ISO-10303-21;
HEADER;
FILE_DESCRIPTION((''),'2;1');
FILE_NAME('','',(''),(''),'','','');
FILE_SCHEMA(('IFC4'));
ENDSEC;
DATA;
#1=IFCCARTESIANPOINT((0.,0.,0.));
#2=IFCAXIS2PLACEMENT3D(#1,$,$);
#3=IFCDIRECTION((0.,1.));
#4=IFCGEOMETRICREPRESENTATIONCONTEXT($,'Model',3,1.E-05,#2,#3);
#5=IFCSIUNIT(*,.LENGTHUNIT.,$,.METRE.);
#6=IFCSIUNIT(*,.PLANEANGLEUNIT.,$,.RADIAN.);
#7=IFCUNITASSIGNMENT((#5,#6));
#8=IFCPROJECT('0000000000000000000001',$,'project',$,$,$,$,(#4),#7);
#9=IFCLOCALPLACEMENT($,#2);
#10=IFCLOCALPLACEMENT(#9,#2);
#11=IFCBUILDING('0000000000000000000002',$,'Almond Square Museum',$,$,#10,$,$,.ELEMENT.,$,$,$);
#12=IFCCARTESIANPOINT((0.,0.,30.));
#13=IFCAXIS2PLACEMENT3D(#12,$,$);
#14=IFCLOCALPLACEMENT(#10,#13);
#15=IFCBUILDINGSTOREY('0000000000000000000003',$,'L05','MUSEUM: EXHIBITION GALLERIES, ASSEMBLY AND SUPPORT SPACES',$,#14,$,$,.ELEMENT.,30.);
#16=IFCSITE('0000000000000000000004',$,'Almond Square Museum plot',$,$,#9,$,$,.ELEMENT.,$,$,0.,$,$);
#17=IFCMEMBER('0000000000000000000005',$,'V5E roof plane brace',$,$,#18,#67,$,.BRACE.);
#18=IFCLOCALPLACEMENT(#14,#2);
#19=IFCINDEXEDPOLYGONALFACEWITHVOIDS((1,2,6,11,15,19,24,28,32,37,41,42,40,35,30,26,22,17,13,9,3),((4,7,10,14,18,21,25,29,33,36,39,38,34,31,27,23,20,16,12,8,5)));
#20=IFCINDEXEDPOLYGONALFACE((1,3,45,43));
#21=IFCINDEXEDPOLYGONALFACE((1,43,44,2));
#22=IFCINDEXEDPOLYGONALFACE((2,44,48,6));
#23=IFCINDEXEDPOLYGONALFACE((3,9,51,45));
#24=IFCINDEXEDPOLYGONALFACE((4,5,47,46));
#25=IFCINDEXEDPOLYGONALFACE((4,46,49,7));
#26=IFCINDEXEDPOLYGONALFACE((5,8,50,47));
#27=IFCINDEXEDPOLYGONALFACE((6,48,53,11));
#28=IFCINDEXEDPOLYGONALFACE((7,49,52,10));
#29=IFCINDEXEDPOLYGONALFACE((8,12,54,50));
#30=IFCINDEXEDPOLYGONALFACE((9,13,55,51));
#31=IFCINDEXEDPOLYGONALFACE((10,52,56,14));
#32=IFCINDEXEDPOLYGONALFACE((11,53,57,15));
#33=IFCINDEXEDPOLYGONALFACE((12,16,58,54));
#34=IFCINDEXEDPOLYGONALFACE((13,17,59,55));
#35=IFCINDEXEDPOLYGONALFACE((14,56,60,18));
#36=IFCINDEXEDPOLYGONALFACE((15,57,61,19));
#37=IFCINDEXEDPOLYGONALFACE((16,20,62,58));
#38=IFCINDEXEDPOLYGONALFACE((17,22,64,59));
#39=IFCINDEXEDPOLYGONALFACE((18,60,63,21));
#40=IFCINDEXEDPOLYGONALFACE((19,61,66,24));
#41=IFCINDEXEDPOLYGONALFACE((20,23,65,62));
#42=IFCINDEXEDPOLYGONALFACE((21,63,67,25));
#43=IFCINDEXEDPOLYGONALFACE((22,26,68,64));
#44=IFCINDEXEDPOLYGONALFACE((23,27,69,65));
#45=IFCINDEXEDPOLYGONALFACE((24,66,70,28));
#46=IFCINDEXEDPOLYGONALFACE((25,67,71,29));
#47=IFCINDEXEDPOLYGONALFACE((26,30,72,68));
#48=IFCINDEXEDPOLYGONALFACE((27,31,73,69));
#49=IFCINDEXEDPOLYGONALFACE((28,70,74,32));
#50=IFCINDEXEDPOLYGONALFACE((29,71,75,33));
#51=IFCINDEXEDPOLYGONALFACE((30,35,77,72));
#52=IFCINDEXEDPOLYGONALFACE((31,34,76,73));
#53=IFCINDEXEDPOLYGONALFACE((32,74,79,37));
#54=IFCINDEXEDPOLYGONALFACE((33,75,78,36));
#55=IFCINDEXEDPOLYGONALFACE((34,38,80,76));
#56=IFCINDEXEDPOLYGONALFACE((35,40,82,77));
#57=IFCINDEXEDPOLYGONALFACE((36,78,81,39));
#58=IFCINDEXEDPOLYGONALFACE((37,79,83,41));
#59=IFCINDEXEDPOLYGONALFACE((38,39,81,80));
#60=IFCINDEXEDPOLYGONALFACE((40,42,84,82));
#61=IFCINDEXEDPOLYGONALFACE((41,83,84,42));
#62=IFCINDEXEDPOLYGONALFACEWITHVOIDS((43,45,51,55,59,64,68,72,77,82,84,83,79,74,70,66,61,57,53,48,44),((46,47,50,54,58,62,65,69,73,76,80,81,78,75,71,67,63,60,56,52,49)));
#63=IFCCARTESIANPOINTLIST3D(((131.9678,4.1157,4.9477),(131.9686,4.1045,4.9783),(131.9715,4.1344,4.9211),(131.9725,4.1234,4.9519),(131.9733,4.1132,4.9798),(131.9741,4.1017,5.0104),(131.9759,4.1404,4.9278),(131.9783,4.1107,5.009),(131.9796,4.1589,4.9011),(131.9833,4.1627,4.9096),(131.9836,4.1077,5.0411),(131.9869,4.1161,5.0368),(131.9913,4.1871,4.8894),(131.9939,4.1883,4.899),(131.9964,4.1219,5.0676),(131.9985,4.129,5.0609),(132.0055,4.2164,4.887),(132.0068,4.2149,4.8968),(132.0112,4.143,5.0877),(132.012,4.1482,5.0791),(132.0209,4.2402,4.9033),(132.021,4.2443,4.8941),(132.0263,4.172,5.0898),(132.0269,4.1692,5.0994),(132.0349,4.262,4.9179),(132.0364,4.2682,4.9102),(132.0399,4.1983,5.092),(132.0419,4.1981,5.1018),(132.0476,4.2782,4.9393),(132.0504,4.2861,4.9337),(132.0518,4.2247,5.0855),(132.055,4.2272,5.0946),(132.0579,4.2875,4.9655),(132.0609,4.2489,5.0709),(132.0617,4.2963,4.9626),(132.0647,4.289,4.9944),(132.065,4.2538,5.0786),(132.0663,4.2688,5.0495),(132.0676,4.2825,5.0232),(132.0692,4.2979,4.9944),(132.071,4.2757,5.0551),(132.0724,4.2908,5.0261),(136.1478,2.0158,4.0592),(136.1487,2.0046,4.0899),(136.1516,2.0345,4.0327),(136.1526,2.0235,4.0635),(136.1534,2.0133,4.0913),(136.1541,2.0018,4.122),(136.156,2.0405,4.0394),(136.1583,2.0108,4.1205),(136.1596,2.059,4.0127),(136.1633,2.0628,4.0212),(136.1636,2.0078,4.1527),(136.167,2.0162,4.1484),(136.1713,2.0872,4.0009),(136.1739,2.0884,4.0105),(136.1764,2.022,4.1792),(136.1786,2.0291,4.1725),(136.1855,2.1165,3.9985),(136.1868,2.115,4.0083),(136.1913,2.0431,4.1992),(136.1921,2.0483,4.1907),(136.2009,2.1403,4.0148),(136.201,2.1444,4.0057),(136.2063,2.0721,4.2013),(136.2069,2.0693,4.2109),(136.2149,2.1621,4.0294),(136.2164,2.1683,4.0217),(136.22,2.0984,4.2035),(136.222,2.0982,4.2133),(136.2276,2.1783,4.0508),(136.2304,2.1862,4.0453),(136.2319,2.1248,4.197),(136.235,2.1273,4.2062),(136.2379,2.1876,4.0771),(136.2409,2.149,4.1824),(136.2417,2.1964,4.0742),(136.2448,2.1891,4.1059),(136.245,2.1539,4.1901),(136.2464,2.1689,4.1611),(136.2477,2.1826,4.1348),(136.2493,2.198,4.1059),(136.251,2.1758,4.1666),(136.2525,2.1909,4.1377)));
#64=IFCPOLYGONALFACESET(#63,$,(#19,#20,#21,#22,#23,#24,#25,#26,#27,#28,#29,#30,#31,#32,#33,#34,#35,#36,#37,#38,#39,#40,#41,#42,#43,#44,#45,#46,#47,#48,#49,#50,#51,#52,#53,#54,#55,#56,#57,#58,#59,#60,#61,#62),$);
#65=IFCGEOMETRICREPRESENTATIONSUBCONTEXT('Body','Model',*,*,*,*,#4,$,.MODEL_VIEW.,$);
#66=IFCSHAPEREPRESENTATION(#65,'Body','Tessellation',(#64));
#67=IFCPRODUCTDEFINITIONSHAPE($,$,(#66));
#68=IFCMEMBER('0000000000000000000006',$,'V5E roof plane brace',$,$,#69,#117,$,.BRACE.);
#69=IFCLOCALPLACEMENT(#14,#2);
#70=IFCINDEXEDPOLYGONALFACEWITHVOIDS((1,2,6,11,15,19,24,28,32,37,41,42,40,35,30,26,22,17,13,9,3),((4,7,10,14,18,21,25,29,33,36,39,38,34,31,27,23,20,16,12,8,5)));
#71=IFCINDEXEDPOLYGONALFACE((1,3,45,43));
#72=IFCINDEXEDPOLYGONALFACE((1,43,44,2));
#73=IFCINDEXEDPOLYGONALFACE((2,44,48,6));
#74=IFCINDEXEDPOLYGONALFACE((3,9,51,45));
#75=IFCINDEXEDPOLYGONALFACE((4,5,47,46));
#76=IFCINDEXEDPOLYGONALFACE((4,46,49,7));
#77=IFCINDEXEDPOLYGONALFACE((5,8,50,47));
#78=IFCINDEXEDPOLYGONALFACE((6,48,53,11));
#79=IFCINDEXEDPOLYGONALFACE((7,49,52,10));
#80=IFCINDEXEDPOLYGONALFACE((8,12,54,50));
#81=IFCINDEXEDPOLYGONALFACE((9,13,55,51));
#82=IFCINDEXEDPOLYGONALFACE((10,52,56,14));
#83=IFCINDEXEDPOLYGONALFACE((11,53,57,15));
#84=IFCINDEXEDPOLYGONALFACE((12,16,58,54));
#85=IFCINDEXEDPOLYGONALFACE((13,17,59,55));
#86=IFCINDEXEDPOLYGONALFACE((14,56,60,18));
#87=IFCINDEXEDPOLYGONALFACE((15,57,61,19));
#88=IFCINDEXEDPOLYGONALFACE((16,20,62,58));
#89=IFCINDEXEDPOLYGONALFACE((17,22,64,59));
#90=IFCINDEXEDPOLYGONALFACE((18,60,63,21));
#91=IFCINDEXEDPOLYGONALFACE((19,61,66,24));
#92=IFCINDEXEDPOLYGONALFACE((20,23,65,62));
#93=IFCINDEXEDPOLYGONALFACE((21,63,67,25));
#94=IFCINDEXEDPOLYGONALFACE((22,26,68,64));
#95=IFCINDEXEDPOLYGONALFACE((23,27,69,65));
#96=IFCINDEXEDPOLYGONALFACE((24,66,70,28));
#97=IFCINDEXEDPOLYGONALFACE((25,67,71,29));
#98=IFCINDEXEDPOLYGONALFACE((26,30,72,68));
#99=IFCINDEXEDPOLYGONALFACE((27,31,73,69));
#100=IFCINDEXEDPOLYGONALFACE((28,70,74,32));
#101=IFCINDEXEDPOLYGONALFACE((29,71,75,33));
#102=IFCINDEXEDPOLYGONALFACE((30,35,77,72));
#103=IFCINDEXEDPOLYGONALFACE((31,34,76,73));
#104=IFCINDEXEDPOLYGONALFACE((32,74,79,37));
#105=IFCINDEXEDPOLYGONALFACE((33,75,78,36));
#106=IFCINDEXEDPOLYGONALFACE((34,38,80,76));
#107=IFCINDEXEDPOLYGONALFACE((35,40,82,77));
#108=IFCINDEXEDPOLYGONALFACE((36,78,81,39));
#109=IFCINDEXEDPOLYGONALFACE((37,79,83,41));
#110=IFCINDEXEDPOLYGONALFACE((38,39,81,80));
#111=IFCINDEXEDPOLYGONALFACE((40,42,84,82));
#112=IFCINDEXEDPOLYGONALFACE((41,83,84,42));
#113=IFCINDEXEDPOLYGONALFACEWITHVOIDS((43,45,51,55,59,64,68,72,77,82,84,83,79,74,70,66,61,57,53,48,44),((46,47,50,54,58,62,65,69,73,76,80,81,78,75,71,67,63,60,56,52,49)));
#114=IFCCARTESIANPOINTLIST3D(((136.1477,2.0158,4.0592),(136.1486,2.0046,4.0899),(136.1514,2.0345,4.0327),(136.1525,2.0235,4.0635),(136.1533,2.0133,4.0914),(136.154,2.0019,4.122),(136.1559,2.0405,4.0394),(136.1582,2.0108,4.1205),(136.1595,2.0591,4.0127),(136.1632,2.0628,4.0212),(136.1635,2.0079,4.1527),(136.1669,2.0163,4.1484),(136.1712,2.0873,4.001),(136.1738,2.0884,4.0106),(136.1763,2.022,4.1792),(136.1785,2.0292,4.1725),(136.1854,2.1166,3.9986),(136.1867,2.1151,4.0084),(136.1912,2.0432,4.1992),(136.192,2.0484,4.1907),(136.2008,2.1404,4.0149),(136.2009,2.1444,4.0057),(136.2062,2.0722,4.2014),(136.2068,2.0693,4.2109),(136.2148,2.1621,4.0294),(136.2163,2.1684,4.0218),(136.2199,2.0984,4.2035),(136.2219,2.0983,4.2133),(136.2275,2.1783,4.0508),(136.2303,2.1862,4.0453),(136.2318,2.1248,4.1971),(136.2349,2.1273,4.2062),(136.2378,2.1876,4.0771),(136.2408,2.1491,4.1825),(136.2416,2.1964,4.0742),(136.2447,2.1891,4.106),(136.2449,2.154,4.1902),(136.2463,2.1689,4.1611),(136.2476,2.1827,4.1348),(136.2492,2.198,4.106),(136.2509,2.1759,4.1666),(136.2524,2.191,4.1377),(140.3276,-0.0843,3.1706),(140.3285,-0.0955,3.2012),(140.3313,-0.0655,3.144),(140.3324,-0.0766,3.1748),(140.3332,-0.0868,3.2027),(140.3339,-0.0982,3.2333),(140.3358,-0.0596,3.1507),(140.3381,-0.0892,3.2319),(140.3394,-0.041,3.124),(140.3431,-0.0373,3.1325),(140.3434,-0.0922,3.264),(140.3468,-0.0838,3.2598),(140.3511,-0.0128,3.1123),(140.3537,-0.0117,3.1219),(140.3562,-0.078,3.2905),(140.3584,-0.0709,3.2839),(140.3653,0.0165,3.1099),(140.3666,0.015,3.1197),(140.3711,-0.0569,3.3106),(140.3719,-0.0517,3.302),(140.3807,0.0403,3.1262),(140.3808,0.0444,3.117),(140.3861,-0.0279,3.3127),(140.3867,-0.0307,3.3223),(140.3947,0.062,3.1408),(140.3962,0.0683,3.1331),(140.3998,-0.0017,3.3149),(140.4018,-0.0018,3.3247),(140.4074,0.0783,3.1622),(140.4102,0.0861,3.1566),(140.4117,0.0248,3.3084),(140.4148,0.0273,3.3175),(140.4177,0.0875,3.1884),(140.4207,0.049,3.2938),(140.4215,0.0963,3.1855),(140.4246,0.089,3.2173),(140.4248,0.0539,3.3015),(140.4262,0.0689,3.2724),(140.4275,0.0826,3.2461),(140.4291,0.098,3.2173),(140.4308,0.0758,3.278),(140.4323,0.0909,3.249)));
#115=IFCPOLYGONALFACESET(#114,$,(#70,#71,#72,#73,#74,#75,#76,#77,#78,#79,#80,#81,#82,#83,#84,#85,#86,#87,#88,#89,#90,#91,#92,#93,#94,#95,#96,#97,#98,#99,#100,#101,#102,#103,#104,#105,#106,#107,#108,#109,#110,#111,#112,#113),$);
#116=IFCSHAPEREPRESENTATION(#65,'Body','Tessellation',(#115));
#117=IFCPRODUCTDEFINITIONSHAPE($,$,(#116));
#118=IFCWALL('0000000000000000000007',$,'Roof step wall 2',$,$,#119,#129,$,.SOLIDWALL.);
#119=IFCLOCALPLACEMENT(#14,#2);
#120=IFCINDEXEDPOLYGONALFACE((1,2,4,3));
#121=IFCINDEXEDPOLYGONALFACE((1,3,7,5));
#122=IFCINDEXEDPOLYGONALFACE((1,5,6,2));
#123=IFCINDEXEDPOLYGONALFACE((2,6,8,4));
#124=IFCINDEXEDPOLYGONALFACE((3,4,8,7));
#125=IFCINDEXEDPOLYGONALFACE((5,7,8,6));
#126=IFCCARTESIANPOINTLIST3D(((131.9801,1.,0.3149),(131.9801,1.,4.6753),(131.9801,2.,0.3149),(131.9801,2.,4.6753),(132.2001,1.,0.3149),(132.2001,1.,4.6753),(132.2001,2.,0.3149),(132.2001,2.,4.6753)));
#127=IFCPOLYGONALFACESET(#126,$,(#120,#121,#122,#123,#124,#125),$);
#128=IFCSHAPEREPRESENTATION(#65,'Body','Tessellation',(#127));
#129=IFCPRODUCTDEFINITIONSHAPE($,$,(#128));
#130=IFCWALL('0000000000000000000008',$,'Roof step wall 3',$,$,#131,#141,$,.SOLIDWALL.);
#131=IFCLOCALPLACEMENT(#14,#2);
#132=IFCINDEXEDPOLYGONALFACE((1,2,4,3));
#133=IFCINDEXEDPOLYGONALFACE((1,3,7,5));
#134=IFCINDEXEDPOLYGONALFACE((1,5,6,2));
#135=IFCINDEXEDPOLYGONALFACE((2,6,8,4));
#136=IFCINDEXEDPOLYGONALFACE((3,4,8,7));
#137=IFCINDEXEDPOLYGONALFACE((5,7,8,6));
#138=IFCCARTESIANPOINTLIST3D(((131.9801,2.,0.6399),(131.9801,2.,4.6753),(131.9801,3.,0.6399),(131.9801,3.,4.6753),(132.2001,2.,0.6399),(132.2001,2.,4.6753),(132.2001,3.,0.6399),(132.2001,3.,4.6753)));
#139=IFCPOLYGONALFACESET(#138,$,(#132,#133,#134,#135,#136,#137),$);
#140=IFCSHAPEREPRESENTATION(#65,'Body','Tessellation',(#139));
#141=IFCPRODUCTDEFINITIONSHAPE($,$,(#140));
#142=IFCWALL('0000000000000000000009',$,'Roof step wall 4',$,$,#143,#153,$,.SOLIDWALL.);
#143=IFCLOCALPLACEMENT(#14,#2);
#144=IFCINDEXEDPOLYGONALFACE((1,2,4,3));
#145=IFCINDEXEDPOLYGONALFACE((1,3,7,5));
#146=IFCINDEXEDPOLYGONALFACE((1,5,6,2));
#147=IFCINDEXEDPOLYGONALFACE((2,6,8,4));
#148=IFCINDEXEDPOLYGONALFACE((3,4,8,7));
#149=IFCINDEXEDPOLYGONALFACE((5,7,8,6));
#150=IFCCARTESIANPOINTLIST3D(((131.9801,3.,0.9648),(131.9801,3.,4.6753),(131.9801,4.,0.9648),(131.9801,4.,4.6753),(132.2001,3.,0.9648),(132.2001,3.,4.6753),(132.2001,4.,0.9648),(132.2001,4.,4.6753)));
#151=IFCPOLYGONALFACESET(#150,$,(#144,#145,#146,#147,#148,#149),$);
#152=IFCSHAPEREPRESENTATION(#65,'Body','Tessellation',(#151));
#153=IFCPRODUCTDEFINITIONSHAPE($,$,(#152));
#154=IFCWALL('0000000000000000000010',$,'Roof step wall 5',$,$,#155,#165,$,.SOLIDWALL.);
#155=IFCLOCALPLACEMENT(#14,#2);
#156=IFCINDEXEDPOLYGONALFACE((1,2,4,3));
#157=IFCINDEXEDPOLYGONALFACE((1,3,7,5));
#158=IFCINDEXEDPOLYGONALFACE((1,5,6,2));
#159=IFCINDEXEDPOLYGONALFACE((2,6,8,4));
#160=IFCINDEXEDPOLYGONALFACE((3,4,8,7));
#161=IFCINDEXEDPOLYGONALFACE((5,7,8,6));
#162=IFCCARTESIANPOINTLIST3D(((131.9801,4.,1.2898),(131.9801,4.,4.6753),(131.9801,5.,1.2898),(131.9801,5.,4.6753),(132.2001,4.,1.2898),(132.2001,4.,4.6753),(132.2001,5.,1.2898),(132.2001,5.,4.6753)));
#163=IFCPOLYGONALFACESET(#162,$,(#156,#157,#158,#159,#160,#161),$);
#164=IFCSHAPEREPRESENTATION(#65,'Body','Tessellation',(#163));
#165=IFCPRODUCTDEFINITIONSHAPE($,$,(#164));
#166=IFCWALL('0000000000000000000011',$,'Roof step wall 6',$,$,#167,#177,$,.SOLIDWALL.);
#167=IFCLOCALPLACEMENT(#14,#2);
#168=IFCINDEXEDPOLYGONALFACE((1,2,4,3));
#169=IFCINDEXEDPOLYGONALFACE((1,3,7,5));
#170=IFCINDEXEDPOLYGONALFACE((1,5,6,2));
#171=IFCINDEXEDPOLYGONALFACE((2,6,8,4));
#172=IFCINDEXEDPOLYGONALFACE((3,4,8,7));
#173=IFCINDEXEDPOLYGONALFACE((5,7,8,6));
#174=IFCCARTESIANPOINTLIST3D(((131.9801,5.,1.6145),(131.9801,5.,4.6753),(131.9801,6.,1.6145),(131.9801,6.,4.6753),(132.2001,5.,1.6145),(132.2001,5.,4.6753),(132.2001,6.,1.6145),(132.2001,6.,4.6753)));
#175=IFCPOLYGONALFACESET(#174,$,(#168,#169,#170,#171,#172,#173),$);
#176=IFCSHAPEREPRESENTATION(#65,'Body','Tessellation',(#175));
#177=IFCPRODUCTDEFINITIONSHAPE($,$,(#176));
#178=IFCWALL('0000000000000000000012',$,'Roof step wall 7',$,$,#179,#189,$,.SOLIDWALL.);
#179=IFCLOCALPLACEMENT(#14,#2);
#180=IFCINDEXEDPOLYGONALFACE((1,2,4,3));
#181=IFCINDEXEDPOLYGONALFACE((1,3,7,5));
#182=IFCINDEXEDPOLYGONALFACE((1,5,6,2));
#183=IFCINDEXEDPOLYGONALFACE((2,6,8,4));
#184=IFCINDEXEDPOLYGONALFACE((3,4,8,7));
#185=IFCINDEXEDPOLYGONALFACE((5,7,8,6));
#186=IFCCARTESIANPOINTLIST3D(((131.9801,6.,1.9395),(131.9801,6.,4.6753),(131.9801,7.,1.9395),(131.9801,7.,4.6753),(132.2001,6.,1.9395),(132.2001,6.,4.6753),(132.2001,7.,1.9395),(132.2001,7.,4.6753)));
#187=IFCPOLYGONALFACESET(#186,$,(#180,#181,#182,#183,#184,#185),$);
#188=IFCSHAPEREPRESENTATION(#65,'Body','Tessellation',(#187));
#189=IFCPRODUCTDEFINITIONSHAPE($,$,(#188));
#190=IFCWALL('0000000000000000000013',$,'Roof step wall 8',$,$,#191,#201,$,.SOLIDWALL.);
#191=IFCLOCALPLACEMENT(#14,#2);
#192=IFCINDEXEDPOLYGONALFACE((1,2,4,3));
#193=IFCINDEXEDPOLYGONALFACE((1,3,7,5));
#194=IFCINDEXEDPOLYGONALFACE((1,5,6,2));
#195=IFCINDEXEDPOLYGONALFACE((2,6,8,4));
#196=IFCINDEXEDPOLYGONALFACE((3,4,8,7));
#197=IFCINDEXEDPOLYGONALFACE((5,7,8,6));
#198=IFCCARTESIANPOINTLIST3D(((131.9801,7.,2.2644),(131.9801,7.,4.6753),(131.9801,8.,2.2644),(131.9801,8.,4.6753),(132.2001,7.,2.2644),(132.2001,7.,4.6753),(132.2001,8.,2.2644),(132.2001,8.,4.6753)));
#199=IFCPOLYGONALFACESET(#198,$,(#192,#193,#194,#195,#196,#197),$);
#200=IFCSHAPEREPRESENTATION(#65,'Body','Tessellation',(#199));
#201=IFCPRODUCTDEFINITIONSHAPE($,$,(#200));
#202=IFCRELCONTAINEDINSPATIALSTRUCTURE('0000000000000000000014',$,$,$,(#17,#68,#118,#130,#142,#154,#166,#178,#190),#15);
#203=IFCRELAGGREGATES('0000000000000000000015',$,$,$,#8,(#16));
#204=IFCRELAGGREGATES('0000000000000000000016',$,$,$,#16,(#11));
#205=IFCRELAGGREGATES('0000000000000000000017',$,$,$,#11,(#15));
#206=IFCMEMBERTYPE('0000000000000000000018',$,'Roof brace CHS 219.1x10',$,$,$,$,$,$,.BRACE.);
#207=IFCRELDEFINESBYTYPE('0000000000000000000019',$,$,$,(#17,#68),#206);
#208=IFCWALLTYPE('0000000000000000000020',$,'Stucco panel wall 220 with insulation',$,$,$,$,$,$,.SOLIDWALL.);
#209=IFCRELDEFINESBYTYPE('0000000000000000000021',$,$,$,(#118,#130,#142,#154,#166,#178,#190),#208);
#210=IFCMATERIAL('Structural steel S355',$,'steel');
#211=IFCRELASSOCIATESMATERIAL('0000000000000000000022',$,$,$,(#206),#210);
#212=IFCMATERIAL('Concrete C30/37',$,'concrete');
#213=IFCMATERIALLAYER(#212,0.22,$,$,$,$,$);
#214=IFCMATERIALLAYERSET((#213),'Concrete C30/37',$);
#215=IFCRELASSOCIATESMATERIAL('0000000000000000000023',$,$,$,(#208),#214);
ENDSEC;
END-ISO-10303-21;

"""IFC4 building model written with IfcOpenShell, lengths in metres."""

from ifc_helpers import new_model, si_unit, direction, frame, frame_2d, origin, origin_2d, place, context, subcontext, project, spatial, rectangle, hollow_circle, extrude, material, layer, layer_set, material_profile, profile_set, type_object, element, save


model = new_model("IFC4")

# Units and contexts
model_context = context("Model", 3, precision=1e-05, world=origin(), true_north=direction((0.0, 1.0)))
body_context = subcontext(model_context, "Body", "Model", "MODEL_VIEW")
ifc_project = project(units=[si_unit("LENGTHUNIT", "METRE"), si_unit("PLANEANGLEUNIT", "RADIAN")], contexts=[model_context])

# Site, building, storey
site_placement = place(None, origin())
site = spatial("IfcSite", under=ifc_project, at=site_placement, Name="Almond Square Museum plot", CompositionType="ELEMENT", RefElevation=0.0)
building_placement = place(site_placement, origin())
building = spatial("IfcBuilding", under=site, at=building_placement, Name="Almond Square Museum", CompositionType="ELEMENT")
storey_placement = place(building_placement, frame((0.0, 0.0, 30.0)))
storey = spatial("IfcBuildingStorey", under=building, at=storey_placement, Name="L05", Description="MUSEUM: EXHIBITION GALLERIES, ASSEMBLY AND SUPPORT SPACES", CompositionType="ELEMENT", Elevation=30.0)

# Members
ifc_material_1 = material(Name="Structural steel S355", Category="steel")
ifc_material_profile_1 = material_profile(ifc_material_1, hollow_circle(Radius=0.1096, WallThickness=0.01, at=origin_2d()))
ifc_profile_set_1 = profile_set([ifc_material_profile_1], Name="Structural steel S355")
member_type_1 = type_object("IfcMemberType", Name="Roof brace CHS 219.1x10", PredefinedType="BRACE", material=ifc_profile_set_1)
for number, where, z_axis, x_axis, name in (
    (1, (132.02, 4.2, 4.9944), (0.877887, -0.44102, -0.186591), (0.448904, 0.89358, 0.0), "V5E roof plane brace"),
    (2, (136.2, 2.1001, 4.106), (0.877858, -0.441057, -0.186637), (0.448945, 0.893559, 0.0), "V5E roof plane brace"),
):
    element("IfcMember", number, at=place(storey_placement, frame(where, z_axis=z_axis, x_axis=x_axis)), inside=storey, type_object=member_type_1, Name=name, PredefinedType="BRACE", context=body_context, shape_type="SweptSolid", body=[
        extrude(hollow_circle(Radius=0.1096, WallThickness=0.01, at=origin_2d()), origin(), (0.0, 0.0, 1.0), 4.7615),
    ])

# Walls
ifc_material_2 = material(Name="Concrete C30/37", Category="concrete")
ifc_layer = layer(ifc_material_2, 0.22)
ifc_layer_set = layer_set([ifc_layer], Name="Concrete C30/37")
wall_type = type_object("IfcWallType", Name="Stucco panel wall 220 with insulation", PredefinedType="SOLIDWALL", material=ifc_layer_set)
wall_1_placement = place(storey_placement, frame((132.0901, 1.0, 0.3149), z_axis=(0.0, 0.0, 1.0), x_axis=(0.0, 1.0, 0.0)))
element("IfcWall", 3, at=wall_1_placement, inside=storey, type_object=wall_type, Name="Roof step wall 2", PredefinedType="SOLIDWALL", context=body_context, shape_type="SweptSolid", body=[
    extrude(rectangle(XDim=1.0, YDim=0.22, at=frame_2d((0.5, 0.0))), origin(), (0.0, 0.0, 1.0), 4.3604),
])
wall_2_placement = place(storey_placement, frame((132.0901, 2.0, 0.6399), z_axis=(0.0, 0.0, 1.0), x_axis=(0.0, 1.0, 0.0)))
element("IfcWall", 4, at=wall_2_placement, inside=storey, type_object=wall_type, Name="Roof step wall 3", PredefinedType="SOLIDWALL", context=body_context, shape_type="SweptSolid", body=[
    extrude(rectangle(XDim=1.0, YDim=0.22, at=frame_2d((0.5, 0.0))), origin(), (0.0, 0.0, 1.0), 4.0354),
])
wall_3_placement = place(storey_placement, frame((132.0901, 3.0, 0.9648), z_axis=(0.0, 0.0, 1.0), x_axis=(0.0, 1.0, 0.0)))
element("IfcWall", 5, at=wall_3_placement, inside=storey, type_object=wall_type, Name="Roof step wall 4", PredefinedType="SOLIDWALL", context=body_context, shape_type="SweptSolid", body=[
    extrude(rectangle(XDim=1.0, YDim=0.22, at=frame_2d((0.5, 0.0))), origin(), (0.0, 0.0, 1.0), 3.7104),
])
wall_4_placement = place(storey_placement, frame((132.0901, 4.0, 1.2898), z_axis=(0.0, 0.0, 1.0), x_axis=(0.0, 1.0, 0.0)))
element("IfcWall", 6, at=wall_4_placement, inside=storey, type_object=wall_type, Name="Roof step wall 5", PredefinedType="SOLIDWALL", context=body_context, shape_type="SweptSolid", body=[
    extrude(rectangle(XDim=1.0, YDim=0.22, at=frame_2d((0.5, 0.0))), origin(), (0.0, 0.0, 1.0), 3.3855),
])
wall_5_placement = place(storey_placement, frame((132.0901, 5.0, 1.6145), z_axis=(0.0, 0.0, 1.0), x_axis=(0.0, 1.0, 0.0)))
element("IfcWall", 7, at=wall_5_placement, inside=storey, type_object=wall_type, Name="Roof step wall 6", PredefinedType="SOLIDWALL", context=body_context, shape_type="SweptSolid", body=[
    extrude(rectangle(XDim=1.0, YDim=0.22, at=frame_2d((0.5, 0.0))), origin(), (0.0, 0.0, 1.0), 3.0608),
])
wall_6_placement = place(storey_placement, frame((132.0901, 6.0, 1.9395), z_axis=(0.0, 0.0, 1.0), x_axis=(0.0, 1.0, 0.0)))
element("IfcWall", 8, at=wall_6_placement, inside=storey, type_object=wall_type, Name="Roof step wall 7", PredefinedType="SOLIDWALL", context=body_context, shape_type="SweptSolid", body=[
    extrude(rectangle(XDim=1.0, YDim=0.22, at=frame_2d((0.5, 0.0))), origin(), (0.0, 0.0, 1.0), 2.7358),
])
wall_7_placement = place(storey_placement, frame((132.0901, 7.0, 2.2644), z_axis=(0.0, 0.0, 1.0), x_axis=(0.0, 1.0, 0.0)))
element("IfcWall", 9, at=wall_7_placement, inside=storey, type_object=wall_type, Name="Roof step wall 8", PredefinedType="SOLIDWALL", context=body_context, shape_type="SweptSolid", body=[
    extrude(rectangle(XDim=1.0, YDim=0.22, at=frame_2d((0.5, 0.0))), origin(), (0.0, 0.0, 1.0), 2.4109),
])

save(model, "model.ifc")
